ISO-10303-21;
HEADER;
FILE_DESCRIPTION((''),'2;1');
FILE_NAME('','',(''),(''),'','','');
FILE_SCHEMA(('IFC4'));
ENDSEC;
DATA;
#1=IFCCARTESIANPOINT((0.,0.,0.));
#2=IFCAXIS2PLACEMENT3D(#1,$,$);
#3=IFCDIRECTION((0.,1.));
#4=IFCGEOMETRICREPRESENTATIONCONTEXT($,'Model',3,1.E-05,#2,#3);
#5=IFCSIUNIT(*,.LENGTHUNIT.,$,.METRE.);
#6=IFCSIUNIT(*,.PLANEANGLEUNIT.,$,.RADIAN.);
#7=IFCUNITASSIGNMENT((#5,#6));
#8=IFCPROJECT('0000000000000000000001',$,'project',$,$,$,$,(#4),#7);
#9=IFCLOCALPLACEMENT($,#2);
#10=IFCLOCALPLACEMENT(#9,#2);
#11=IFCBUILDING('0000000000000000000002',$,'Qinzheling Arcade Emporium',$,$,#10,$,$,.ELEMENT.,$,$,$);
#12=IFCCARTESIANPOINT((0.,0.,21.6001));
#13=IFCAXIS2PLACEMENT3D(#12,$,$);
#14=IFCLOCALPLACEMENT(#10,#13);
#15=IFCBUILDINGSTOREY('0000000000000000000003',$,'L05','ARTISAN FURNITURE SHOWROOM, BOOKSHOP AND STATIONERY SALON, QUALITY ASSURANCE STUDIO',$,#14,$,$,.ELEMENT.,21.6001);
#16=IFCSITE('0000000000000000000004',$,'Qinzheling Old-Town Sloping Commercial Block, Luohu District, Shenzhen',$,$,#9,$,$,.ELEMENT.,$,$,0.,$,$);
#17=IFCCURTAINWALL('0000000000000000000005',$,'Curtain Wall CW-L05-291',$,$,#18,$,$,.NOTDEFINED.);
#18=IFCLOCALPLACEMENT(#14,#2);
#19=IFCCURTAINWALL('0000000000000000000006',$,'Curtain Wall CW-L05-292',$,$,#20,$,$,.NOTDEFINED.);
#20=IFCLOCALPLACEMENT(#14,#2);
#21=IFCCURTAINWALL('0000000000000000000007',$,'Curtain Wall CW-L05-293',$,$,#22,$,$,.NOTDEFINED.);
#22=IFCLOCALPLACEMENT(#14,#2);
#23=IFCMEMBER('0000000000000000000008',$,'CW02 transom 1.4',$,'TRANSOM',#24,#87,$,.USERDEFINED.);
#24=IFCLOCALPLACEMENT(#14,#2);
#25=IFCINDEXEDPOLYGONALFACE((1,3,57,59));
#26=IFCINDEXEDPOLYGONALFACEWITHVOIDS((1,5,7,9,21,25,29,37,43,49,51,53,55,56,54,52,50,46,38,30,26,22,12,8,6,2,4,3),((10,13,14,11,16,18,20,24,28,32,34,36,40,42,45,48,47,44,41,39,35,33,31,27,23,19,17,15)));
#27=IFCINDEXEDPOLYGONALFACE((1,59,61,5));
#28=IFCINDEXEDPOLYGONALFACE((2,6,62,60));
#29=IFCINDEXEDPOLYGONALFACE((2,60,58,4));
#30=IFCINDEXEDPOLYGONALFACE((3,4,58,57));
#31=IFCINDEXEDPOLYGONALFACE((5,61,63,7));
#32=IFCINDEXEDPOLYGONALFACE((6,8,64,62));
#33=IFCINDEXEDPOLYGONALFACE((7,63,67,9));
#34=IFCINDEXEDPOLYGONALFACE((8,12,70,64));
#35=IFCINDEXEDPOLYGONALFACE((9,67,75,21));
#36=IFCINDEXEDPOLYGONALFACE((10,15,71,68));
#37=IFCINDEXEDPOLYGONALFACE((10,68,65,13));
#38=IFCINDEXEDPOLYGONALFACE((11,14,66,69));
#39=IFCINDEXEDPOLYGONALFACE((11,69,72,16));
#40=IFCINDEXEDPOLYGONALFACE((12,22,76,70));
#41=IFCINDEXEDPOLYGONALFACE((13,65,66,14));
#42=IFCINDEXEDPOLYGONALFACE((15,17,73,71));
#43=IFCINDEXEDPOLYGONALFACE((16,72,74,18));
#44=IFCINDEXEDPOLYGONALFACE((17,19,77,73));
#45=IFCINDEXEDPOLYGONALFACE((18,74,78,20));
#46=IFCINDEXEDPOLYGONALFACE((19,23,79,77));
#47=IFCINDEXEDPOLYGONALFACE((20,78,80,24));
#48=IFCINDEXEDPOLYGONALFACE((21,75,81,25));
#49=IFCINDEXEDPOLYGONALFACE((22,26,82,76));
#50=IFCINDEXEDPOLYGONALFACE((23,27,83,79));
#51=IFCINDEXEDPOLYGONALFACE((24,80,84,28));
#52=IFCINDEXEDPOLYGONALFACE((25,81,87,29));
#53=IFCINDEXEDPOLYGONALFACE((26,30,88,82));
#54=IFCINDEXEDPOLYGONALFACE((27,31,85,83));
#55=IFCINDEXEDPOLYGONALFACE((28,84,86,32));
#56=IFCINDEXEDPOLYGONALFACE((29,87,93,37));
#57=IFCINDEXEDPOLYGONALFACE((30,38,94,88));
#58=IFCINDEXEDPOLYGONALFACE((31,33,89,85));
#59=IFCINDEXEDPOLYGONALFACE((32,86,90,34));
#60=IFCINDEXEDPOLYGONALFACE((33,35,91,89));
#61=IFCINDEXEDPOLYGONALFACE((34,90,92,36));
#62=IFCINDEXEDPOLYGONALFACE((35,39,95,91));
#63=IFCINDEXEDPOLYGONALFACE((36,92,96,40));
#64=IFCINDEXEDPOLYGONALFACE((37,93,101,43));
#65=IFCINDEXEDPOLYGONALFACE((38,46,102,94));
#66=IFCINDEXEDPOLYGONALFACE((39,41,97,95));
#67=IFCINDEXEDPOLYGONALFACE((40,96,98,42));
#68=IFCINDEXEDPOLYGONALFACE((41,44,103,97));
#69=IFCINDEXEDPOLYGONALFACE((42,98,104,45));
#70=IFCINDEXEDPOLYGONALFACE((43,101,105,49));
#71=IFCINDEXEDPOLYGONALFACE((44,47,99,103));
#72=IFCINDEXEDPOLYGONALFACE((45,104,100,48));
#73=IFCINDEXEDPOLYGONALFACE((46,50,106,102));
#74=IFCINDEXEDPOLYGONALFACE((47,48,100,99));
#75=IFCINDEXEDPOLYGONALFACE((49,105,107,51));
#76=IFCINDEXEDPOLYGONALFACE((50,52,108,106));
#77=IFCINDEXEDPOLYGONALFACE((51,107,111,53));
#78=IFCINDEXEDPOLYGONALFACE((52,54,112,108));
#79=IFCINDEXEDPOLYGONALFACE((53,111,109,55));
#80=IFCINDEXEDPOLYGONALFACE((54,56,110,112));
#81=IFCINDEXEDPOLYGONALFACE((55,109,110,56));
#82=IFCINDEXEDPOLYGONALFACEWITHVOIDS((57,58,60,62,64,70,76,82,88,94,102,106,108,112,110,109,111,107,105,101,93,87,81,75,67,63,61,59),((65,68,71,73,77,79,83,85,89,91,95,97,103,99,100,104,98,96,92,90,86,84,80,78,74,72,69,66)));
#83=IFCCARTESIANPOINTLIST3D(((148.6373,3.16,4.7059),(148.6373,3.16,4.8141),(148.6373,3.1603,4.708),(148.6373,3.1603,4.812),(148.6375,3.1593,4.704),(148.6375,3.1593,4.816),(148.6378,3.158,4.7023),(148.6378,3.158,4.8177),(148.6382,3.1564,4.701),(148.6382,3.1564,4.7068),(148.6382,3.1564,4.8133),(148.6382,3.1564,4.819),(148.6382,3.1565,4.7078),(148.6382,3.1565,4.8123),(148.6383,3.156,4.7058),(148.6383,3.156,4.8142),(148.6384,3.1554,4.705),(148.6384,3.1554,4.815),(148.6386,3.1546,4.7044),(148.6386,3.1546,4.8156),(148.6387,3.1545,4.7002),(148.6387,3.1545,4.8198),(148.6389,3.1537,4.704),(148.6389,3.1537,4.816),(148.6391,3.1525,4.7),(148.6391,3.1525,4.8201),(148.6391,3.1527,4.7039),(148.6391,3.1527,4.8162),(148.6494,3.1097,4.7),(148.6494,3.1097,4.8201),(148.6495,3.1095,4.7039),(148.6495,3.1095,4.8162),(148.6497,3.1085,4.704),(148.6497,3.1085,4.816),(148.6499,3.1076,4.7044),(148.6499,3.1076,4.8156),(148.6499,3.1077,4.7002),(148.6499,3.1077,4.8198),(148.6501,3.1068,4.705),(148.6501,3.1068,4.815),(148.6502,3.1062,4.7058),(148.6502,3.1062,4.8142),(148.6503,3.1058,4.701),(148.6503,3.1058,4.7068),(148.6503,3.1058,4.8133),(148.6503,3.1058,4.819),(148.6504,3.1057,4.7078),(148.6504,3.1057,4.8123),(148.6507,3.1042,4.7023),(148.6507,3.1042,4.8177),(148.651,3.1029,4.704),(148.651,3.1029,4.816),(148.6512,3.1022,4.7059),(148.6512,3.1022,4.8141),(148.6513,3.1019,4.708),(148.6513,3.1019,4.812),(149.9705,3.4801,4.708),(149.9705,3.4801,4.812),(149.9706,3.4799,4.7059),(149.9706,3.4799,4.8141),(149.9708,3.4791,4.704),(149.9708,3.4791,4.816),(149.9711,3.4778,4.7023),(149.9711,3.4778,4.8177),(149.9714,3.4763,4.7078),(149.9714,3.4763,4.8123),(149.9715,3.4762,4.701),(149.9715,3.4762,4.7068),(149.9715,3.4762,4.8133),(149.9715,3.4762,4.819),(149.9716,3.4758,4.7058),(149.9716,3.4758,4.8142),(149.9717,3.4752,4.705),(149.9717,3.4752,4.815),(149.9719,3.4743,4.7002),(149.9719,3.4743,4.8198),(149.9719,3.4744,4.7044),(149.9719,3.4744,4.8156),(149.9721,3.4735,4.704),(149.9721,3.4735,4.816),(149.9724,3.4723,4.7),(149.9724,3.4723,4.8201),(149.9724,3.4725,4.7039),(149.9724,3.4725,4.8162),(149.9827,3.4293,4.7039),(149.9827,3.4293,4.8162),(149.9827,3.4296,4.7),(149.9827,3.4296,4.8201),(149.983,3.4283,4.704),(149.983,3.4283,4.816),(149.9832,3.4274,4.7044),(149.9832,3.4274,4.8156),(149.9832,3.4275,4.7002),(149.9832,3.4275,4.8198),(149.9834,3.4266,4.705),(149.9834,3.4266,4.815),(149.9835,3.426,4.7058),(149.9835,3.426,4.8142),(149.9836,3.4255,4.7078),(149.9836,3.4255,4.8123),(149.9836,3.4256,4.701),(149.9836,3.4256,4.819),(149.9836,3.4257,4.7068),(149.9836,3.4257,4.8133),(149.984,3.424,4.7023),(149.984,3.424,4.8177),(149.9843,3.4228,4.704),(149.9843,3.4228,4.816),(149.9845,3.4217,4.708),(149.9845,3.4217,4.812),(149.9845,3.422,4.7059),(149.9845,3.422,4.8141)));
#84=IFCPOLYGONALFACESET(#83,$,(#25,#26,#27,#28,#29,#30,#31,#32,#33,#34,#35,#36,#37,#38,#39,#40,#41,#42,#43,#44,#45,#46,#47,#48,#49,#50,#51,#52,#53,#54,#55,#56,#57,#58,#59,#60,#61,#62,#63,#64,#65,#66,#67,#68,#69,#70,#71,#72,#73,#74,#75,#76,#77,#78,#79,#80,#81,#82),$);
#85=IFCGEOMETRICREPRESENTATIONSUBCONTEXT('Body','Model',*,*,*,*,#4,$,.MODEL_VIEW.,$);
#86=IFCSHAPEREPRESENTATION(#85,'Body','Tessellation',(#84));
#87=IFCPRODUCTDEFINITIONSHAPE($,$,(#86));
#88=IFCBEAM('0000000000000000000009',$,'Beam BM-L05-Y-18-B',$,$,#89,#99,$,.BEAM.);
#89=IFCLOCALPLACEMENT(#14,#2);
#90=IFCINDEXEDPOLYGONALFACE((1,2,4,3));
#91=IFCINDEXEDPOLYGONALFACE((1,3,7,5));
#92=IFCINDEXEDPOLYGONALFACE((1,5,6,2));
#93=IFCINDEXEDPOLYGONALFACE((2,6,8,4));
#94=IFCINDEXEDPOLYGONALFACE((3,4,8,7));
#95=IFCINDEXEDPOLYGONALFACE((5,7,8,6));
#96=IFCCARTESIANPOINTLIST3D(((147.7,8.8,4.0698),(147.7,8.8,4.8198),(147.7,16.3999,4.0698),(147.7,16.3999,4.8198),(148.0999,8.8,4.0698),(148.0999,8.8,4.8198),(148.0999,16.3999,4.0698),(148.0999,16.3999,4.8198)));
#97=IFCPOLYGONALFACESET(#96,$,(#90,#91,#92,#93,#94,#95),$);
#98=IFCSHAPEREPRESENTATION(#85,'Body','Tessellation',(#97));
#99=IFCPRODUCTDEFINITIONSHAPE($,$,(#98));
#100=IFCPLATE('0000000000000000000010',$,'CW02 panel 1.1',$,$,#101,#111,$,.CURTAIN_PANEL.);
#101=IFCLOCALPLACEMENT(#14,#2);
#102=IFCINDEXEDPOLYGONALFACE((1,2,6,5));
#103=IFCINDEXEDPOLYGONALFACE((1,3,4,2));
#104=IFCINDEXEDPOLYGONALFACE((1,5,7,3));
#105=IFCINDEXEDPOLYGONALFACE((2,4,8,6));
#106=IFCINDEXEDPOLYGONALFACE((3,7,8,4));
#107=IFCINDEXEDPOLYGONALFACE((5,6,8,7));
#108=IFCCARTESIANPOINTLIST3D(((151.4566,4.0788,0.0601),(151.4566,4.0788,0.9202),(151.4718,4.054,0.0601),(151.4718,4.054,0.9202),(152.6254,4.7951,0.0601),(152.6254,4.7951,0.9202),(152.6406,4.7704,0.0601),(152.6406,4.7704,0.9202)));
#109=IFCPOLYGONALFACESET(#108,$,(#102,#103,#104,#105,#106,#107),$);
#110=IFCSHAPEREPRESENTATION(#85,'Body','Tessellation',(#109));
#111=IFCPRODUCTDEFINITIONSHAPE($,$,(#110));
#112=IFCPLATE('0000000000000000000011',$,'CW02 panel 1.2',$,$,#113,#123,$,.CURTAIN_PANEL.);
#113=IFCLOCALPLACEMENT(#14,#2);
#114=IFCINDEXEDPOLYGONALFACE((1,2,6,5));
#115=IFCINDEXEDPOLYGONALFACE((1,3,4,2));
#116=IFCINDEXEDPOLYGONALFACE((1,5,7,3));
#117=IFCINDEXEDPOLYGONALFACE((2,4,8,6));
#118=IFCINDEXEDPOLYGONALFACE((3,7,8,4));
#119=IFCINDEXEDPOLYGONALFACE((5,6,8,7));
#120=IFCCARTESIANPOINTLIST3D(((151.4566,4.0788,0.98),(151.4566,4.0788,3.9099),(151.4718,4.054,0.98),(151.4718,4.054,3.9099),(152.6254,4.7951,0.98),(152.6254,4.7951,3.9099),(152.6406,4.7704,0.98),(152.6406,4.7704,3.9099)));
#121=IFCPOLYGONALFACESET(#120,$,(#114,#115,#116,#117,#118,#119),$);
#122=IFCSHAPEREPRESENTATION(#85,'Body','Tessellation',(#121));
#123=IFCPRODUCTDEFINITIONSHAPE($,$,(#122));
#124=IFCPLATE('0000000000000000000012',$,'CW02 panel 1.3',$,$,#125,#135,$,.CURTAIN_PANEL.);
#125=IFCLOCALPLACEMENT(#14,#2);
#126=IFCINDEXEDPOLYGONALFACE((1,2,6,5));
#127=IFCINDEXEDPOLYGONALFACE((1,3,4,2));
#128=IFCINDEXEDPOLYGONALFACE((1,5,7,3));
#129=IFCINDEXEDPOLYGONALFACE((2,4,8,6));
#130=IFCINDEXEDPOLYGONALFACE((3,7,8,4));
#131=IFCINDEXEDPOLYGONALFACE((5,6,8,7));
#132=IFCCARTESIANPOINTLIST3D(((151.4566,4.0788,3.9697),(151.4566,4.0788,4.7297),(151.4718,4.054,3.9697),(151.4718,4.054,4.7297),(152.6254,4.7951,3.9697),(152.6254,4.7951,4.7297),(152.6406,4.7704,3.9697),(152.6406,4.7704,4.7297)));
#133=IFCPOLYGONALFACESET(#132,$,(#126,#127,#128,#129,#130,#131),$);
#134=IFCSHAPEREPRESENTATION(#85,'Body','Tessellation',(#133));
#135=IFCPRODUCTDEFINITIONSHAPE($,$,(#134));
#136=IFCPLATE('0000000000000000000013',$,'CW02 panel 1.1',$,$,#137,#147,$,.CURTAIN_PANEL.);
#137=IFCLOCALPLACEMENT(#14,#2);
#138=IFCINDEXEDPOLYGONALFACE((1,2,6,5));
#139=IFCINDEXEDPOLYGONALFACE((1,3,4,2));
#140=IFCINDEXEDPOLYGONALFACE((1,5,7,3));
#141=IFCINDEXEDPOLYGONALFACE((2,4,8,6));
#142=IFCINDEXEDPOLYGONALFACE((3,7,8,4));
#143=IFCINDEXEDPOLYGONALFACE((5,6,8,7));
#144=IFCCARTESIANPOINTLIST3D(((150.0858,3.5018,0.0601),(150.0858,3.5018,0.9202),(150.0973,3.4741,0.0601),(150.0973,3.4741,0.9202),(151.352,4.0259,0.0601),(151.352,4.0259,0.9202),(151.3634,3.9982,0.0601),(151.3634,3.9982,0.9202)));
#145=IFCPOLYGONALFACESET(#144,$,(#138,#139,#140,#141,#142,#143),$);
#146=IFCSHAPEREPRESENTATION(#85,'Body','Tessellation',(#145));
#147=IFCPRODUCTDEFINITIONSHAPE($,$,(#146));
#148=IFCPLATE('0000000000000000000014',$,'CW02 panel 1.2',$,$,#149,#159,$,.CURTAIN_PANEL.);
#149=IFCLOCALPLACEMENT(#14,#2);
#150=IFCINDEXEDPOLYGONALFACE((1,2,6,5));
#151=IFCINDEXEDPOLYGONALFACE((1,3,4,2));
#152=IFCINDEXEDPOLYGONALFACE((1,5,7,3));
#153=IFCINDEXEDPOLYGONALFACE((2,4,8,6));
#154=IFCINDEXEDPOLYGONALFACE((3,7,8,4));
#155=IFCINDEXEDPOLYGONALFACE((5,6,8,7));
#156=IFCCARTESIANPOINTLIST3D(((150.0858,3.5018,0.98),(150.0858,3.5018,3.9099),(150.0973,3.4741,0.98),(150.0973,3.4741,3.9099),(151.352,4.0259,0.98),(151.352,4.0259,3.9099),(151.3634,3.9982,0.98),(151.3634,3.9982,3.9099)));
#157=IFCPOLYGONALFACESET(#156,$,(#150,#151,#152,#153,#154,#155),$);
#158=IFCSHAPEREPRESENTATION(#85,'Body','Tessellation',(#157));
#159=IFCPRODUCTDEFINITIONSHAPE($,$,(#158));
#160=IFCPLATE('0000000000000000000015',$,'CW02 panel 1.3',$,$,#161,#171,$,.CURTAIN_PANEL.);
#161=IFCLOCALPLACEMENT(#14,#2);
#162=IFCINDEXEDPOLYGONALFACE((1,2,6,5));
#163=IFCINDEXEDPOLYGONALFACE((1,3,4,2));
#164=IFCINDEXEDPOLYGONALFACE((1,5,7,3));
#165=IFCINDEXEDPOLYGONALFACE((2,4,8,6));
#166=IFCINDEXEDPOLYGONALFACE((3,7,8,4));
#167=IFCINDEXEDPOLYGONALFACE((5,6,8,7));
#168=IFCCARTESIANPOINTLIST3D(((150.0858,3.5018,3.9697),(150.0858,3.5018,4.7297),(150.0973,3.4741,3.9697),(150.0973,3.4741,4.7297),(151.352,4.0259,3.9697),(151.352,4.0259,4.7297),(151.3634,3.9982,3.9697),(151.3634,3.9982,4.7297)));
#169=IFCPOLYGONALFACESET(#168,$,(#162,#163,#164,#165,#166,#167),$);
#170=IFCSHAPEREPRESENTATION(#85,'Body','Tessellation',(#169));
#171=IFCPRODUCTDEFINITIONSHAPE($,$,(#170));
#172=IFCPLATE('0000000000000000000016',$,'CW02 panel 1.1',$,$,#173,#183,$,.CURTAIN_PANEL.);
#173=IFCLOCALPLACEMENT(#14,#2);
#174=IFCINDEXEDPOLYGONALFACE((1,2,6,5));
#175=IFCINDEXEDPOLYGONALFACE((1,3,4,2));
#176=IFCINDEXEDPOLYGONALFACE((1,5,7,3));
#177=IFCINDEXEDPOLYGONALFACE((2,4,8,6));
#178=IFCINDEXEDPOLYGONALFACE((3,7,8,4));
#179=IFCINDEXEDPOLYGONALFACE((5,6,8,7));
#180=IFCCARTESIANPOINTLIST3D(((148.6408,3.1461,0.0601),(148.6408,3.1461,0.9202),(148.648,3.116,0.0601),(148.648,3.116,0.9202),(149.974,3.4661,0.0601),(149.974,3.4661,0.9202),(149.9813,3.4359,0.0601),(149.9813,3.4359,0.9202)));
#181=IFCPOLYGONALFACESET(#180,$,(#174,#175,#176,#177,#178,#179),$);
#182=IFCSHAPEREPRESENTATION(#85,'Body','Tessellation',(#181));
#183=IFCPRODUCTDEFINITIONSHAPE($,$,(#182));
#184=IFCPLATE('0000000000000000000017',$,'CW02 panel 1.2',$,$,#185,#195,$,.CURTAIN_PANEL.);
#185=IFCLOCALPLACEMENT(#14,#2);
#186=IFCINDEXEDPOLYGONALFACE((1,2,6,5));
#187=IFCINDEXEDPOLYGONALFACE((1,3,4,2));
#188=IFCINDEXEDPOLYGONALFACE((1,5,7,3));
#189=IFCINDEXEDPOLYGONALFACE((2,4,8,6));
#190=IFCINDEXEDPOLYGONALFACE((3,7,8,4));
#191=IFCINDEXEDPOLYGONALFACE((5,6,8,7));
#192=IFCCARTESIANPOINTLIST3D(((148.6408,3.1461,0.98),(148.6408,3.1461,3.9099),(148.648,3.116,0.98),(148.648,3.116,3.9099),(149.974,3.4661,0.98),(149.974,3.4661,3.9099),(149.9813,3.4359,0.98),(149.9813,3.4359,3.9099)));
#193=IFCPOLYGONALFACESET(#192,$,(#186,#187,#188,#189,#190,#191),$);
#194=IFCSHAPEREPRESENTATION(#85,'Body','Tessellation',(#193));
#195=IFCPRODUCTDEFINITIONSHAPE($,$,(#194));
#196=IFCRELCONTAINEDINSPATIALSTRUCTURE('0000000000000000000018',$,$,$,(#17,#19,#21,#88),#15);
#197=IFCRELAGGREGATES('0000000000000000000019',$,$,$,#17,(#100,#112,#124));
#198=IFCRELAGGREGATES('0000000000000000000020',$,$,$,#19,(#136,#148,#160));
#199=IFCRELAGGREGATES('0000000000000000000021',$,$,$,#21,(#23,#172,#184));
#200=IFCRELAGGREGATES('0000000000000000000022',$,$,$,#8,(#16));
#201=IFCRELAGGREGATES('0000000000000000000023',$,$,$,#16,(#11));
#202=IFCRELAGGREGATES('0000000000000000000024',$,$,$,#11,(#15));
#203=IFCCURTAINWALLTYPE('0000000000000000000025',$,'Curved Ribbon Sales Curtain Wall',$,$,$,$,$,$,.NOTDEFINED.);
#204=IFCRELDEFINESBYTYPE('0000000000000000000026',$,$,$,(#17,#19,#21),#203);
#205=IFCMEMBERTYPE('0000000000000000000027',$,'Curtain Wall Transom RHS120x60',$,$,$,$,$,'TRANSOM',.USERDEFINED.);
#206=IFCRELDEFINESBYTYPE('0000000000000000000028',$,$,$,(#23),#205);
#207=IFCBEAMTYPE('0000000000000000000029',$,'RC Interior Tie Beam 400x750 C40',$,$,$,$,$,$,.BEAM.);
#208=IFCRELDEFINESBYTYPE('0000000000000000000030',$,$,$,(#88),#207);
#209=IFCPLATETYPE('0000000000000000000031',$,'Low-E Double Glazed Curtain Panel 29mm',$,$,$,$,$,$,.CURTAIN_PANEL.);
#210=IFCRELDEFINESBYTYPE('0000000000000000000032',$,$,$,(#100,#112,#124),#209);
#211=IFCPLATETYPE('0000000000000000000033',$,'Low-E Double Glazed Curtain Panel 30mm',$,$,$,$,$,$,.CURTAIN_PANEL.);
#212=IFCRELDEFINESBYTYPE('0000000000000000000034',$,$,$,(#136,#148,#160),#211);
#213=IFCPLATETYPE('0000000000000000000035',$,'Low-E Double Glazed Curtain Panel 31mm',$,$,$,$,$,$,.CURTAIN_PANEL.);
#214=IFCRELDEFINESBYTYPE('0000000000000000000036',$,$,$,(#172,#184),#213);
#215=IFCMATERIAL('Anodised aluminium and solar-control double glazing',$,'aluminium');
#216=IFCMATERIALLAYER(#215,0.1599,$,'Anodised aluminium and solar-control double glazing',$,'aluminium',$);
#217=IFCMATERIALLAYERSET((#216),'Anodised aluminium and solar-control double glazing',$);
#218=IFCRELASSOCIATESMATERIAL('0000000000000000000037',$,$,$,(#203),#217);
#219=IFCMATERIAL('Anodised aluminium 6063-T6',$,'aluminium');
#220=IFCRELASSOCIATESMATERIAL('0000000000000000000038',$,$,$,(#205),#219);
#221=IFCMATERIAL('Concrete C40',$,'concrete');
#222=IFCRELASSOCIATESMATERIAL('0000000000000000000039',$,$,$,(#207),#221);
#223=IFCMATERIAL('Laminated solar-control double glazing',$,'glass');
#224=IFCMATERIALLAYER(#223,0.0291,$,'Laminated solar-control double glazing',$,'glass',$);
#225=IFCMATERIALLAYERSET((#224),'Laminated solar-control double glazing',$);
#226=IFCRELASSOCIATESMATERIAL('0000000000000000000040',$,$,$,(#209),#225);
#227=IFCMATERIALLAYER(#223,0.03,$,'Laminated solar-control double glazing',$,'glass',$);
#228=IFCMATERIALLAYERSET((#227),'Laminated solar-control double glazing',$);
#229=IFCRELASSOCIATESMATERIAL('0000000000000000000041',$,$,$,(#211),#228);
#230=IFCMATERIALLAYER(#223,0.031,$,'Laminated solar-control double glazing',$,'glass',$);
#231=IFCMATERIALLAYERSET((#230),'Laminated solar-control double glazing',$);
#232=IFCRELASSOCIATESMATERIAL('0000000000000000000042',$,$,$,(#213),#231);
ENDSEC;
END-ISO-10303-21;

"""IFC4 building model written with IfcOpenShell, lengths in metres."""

from ifc_helpers import new_model, si_unit, direction, frame, origin, origin_2d, place, context, subcontext, project, spatial, rectangle, hollow_rectangle, extrude, material, layer, layer_set, material_profile, profile_set, type_object, element, aggregate, save


model = new_model("IFC4")

# Units and contexts
model_context = context("Model", 3, precision=1e-05, world=origin(), true_north=direction((0.0, 1.0)))
body_context = subcontext(model_context, "Body", "Model", "MODEL_VIEW")
ifc_project = project(units=[si_unit("LENGTHUNIT", "METRE"), si_unit("PLANEANGLEUNIT", "RADIAN")], contexts=[model_context])

# Site, building, storey
site_placement = place(None, origin())
site = spatial("IfcSite", under=ifc_project, at=site_placement, Name="Qinzheling Old-Town Sloping Commercial Block, Luohu District, Shenzhen", CompositionType="ELEMENT", RefElevation=0.0)
building_placement = place(site_placement, origin())
building = spatial("IfcBuilding", under=site, at=building_placement, Name="Qinzheling Arcade Emporium", CompositionType="ELEMENT")
storey_placement = place(building_placement, frame((0.0, 0.0, 21.6001)))
storey = spatial("IfcBuildingStorey", under=building, at=storey_placement, Name="L05", Description="ARTISAN FURNITURE SHOWROOM, BOOKSHOP AND STATIONERY SALON, QUALITY ASSURANCE STUDIO", CompositionType="ELEMENT", Elevation=21.6001)

# Shared definitions
ifc_material_1 = material(Name="Concrete C40", Category="concrete")

# Curtain wall
ifc_material_2 = material(Name="Anodised aluminium and solar-control double glazing", Category="aluminium")
ifc_layer_1 = layer(ifc_material_2, 0.1599, Name="Anodised aluminium and solar-control double glazing", Category="aluminium")
ifc_layer_set_1 = layer_set([ifc_layer_1], Name="Anodised aluminium and solar-control double glazing")
curtain_wall_type = type_object("IfcCurtainWallType", Name="Curved Ribbon Sales Curtain Wall", PredefinedType="NOTDEFINED", material=ifc_layer_set_1)
curtain_wall_1_placement = place(storey_placement, origin())
curtain_wall_1 = element("IfcCurtainWall", 1, at=curtain_wall_1_placement, inside=storey, type_object=curtain_wall_type, Name="Curtain Wall CW-L05-291", PredefinedType="NOTDEFINED")
ifc_material_3 = material(Name="Anodised aluminium 6063-T6", Category="aluminium")

# Curtain walls
curtain_wall_2_placement = place(storey_placement, origin())
curtain_wall_2 = element("IfcCurtainWall", 2, at=curtain_wall_2_placement, inside=storey, type_object=curtain_wall_type, Name="Curtain Wall CW-L05-292", PredefinedType="NOTDEFINED")
curtain_wall_3_placement = place(storey_placement, origin())
curtain_wall_3 = element("IfcCurtainWall", 3, at=curtain_wall_3_placement, inside=storey, type_object=curtain_wall_type, Name="Curtain Wall CW-L05-293", PredefinedType="NOTDEFINED")

# Member
ifc_material_profile_1 = material_profile(ifc_material_3, hollow_rectangle(XDim=0.0601, YDim=0.1201, WallThickness=0.0039, InnerFilletRadius=0.0039, OuterFilletRadius=0.0081, at=origin_2d()), Name="RHS 120x60x4", Category="aluminium")
ifc_profile_set_1 = profile_set([ifc_material_profile_1], Name="Anodised aluminium 6063-T6")
member_type_1 = type_object("IfcMemberType", Name="Curtain Wall Transom RHS120x60", ElementType="TRANSOM", PredefinedType="USERDEFINED", material=ifc_profile_set_1)
member_1_placement = place(storey_placement, frame((149.9775, 3.4509, 4.76), z_axis=(-0.972413, -0.233265, 0.0), x_axis=(0.233265, -0.972413, 0.0)))
member_1 = element("IfcMember", 4, at=member_1_placement, type_object=member_type_1, Name="CW02 transom 1.4", ObjectType="TRANSOM", PredefinedType="USERDEFINED", context=body_context, shape_type="SweptSolid", body=[
    extrude(hollow_rectangle(XDim=0.0601, YDim=0.1201, WallThickness=0.0039, InnerFilletRadius=0.0039, OuterFilletRadius=0.0081, at=origin_2d()), origin(), (0.0, 0.0, 1.0), 1.3711),
])

# Beam
ifc_material_profile_2 = material_profile(ifc_material_1, rectangle(XDim=0.3999, YDim=0.75, at=origin_2d()), Name="RC 400x750", Category="concrete")
ifc_profile_set_2 = profile_set([ifc_material_profile_2], Name="Concrete C40")
beam_type = type_object("IfcBeamType", Name="RC Interior Tie Beam 400x750 C40", PredefinedType="BEAM", material=ifc_profile_set_2)
beam_placement = place(storey_placement, frame((147.8999, 8.8, 4.4448), z_axis=(0.0, 1.0, 0.0), x_axis=(-1.0, 0.0, 0.0)))
element("IfcBeam", 5, at=beam_placement, inside=storey, type_object=beam_type, Name="Beam BM-L05-Y-18-B", PredefinedType="BEAM", context=body_context, shape_type="SweptSolid", body=[
    extrude(rectangle(XDim=0.3999, YDim=0.75, at=origin_2d()), origin(), (0.0, 0.0, 1.0), 7.5999),
])

# Plates
ifc_material_4 = material(Name="Laminated solar-control double glazing", Category="glass")
ifc_layer_2 = layer(ifc_material_4, 0.0291, Name="Laminated solar-control double glazing", Category="glass")
ifc_layer_set_2 = layer_set([ifc_layer_2], Name="Laminated solar-control double glazing")
plate_type_1 = type_object("IfcPlateType", Name="Low-E Double Glazed Curtain Panel 29mm", PredefinedType="CURTAIN_PANEL", material=ifc_layer_set_2)
plate_1_placement = place(storey_placement, frame((152.0486, 4.4246, 0.0601), z_axis=(0.0, 0.0, 1.0), x_axis=(-0.852601, -0.522562, 0.0)))
plate_1 = element("IfcPlate", 6, at=plate_1_placement, type_object=plate_type_1, Name="CW02 panel 1.1", PredefinedType="CURTAIN_PANEL", context=body_context, shape_type="SweptSolid", body=[
    extrude(rectangle(XDim=1.3708, YDim=0.0291, at=origin_2d()), origin(), (0.0, 0.0, 1.0), 0.8601),
])
plate_2_placement = place(storey_placement, frame((152.0486, 4.4246, 0.98), z_axis=(0.0, 0.0, 1.0), x_axis=(-0.852601, -0.522562, 0.0)))
plate_2 = element("IfcPlate", 7, at=plate_2_placement, type_object=plate_type_1, Name="CW02 panel 1.2", PredefinedType="CURTAIN_PANEL", context=body_context, shape_type="SweptSolid", body=[
    extrude(rectangle(XDim=1.3708, YDim=0.0291, at=origin_2d()), origin(), (0.0, 0.0, 1.0), 2.9299),
])
plate_3_placement = place(storey_placement, frame((152.0486, 4.4246, 3.9697), z_axis=(0.0, 0.0, 1.0), x_axis=(-0.852601, -0.522562, 0.0)))
plate_3 = element("IfcPlate", 8, at=plate_3_placement, type_object=plate_type_1, Name="CW02 panel 1.3", PredefinedType="CURTAIN_PANEL", context=body_context, shape_type="SweptSolid", body=[
    extrude(rectangle(XDim=1.3708, YDim=0.0291, at=origin_2d()), origin(), (0.0, 0.0, 1.0), 0.76),
])
aggregate(curtain_wall_1, [plate_1, plate_2, plate_3])
ifc_layer_3 = layer(ifc_material_4, 0.03, Name="Laminated solar-control double glazing", Category="glass")
ifc_layer_set_3 = layer_set([ifc_layer_3], Name="Laminated solar-control double glazing")
plate_type_2 = type_object("IfcPlateType", Name="Low-E Double Glazed Curtain Panel 30mm", PredefinedType="CURTAIN_PANEL", material=ifc_layer_set_3)
plate_4_placement = place(storey_placement, frame((150.7246, 3.75, 0.0601), z_axis=(0.0, 0.0, 1.0), x_axis=(-0.923968, -0.38247, 0.0)))
plate_4 = element("IfcPlate", 9, at=plate_4_placement, type_object=plate_type_2, Name="CW02 panel 1.1", PredefinedType="CURTAIN_PANEL", context=body_context, shape_type="SweptSolid", body=[
    extrude(rectangle(XDim=1.3704, YDim=0.03, at=origin_2d()), origin(), (0.0, 0.0, 1.0), 0.8601),
])
plate_5_placement = place(storey_placement, frame((150.7246, 3.75, 0.98), z_axis=(0.0, 0.0, 1.0), x_axis=(-0.923968, -0.38247, 0.0)))
plate_5 = element("IfcPlate", 10, at=plate_5_placement, type_object=plate_type_2, Name="CW02 panel 1.2", PredefinedType="CURTAIN_PANEL", context=body_context, shape_type="SweptSolid", body=[
    extrude(rectangle(XDim=1.3704, YDim=0.03, at=origin_2d()), origin(), (0.0, 0.0, 1.0), 2.9299),
])
plate_6_placement = place(storey_placement, frame((150.7246, 3.75, 3.9697), z_axis=(0.0, 0.0, 1.0), x_axis=(-0.923968, -0.38247, 0.0)))
plate_6 = element("IfcPlate", 11, at=plate_6_placement, type_object=plate_type_2, Name="CW02 panel 1.3", PredefinedType="CURTAIN_PANEL", context=body_context, shape_type="SweptSolid", body=[
    extrude(rectangle(XDim=1.3704, YDim=0.03, at=origin_2d()), origin(), (0.0, 0.0, 1.0), 0.76),
])
aggregate(curtain_wall_2, [plate_4, plate_5, plate_6])
ifc_layer_4 = layer(ifc_material_4, 0.031, Name="Laminated solar-control double glazing", Category="glass")
ifc_layer_set_4 = layer_set([ifc_layer_4], Name="Laminated solar-control double glazing")
plate_type_3 = type_object("IfcPlateType", Name="Low-E Double Glazed Curtain Panel 31mm", PredefinedType="CURTAIN_PANEL", material=ifc_layer_set_4)
plate_7_placement = place(storey_placement, frame((149.311, 3.291, 0.0601), z_axis=(0.0, 0.0, 1.0), x_axis=(-0.972387, -0.233373, 0.0)))
plate_7 = element("IfcPlate", 12, at=plate_7_placement, type_object=plate_type_3, Name="CW02 panel 1.1", PredefinedType="CURTAIN_PANEL", context=body_context, shape_type="SweptSolid", body=[
    extrude(rectangle(XDim=1.3711, YDim=0.031, at=origin_2d()), origin(), (0.0, 0.0, 1.0), 0.8601),
])
plate_8_placement = place(storey_placement, frame((149.311, 3.291, 0.98), z_axis=(0.0, 0.0, 1.0), x_axis=(-0.972387, -0.233373, 0.0)))
plate_8 = element("IfcPlate", 13, at=plate_8_placement, type_object=plate_type_3, Name="CW02 panel 1.2", PredefinedType="CURTAIN_PANEL", context=body_context, shape_type="SweptSolid", body=[
    extrude(rectangle(XDim=1.3711, YDim=0.031, at=origin_2d()), origin(), (0.0, 0.0, 1.0), 2.9299),
])
aggregate(curtain_wall_3, [member_1, plate_7, plate_8])

save(model, "model.ifc")
